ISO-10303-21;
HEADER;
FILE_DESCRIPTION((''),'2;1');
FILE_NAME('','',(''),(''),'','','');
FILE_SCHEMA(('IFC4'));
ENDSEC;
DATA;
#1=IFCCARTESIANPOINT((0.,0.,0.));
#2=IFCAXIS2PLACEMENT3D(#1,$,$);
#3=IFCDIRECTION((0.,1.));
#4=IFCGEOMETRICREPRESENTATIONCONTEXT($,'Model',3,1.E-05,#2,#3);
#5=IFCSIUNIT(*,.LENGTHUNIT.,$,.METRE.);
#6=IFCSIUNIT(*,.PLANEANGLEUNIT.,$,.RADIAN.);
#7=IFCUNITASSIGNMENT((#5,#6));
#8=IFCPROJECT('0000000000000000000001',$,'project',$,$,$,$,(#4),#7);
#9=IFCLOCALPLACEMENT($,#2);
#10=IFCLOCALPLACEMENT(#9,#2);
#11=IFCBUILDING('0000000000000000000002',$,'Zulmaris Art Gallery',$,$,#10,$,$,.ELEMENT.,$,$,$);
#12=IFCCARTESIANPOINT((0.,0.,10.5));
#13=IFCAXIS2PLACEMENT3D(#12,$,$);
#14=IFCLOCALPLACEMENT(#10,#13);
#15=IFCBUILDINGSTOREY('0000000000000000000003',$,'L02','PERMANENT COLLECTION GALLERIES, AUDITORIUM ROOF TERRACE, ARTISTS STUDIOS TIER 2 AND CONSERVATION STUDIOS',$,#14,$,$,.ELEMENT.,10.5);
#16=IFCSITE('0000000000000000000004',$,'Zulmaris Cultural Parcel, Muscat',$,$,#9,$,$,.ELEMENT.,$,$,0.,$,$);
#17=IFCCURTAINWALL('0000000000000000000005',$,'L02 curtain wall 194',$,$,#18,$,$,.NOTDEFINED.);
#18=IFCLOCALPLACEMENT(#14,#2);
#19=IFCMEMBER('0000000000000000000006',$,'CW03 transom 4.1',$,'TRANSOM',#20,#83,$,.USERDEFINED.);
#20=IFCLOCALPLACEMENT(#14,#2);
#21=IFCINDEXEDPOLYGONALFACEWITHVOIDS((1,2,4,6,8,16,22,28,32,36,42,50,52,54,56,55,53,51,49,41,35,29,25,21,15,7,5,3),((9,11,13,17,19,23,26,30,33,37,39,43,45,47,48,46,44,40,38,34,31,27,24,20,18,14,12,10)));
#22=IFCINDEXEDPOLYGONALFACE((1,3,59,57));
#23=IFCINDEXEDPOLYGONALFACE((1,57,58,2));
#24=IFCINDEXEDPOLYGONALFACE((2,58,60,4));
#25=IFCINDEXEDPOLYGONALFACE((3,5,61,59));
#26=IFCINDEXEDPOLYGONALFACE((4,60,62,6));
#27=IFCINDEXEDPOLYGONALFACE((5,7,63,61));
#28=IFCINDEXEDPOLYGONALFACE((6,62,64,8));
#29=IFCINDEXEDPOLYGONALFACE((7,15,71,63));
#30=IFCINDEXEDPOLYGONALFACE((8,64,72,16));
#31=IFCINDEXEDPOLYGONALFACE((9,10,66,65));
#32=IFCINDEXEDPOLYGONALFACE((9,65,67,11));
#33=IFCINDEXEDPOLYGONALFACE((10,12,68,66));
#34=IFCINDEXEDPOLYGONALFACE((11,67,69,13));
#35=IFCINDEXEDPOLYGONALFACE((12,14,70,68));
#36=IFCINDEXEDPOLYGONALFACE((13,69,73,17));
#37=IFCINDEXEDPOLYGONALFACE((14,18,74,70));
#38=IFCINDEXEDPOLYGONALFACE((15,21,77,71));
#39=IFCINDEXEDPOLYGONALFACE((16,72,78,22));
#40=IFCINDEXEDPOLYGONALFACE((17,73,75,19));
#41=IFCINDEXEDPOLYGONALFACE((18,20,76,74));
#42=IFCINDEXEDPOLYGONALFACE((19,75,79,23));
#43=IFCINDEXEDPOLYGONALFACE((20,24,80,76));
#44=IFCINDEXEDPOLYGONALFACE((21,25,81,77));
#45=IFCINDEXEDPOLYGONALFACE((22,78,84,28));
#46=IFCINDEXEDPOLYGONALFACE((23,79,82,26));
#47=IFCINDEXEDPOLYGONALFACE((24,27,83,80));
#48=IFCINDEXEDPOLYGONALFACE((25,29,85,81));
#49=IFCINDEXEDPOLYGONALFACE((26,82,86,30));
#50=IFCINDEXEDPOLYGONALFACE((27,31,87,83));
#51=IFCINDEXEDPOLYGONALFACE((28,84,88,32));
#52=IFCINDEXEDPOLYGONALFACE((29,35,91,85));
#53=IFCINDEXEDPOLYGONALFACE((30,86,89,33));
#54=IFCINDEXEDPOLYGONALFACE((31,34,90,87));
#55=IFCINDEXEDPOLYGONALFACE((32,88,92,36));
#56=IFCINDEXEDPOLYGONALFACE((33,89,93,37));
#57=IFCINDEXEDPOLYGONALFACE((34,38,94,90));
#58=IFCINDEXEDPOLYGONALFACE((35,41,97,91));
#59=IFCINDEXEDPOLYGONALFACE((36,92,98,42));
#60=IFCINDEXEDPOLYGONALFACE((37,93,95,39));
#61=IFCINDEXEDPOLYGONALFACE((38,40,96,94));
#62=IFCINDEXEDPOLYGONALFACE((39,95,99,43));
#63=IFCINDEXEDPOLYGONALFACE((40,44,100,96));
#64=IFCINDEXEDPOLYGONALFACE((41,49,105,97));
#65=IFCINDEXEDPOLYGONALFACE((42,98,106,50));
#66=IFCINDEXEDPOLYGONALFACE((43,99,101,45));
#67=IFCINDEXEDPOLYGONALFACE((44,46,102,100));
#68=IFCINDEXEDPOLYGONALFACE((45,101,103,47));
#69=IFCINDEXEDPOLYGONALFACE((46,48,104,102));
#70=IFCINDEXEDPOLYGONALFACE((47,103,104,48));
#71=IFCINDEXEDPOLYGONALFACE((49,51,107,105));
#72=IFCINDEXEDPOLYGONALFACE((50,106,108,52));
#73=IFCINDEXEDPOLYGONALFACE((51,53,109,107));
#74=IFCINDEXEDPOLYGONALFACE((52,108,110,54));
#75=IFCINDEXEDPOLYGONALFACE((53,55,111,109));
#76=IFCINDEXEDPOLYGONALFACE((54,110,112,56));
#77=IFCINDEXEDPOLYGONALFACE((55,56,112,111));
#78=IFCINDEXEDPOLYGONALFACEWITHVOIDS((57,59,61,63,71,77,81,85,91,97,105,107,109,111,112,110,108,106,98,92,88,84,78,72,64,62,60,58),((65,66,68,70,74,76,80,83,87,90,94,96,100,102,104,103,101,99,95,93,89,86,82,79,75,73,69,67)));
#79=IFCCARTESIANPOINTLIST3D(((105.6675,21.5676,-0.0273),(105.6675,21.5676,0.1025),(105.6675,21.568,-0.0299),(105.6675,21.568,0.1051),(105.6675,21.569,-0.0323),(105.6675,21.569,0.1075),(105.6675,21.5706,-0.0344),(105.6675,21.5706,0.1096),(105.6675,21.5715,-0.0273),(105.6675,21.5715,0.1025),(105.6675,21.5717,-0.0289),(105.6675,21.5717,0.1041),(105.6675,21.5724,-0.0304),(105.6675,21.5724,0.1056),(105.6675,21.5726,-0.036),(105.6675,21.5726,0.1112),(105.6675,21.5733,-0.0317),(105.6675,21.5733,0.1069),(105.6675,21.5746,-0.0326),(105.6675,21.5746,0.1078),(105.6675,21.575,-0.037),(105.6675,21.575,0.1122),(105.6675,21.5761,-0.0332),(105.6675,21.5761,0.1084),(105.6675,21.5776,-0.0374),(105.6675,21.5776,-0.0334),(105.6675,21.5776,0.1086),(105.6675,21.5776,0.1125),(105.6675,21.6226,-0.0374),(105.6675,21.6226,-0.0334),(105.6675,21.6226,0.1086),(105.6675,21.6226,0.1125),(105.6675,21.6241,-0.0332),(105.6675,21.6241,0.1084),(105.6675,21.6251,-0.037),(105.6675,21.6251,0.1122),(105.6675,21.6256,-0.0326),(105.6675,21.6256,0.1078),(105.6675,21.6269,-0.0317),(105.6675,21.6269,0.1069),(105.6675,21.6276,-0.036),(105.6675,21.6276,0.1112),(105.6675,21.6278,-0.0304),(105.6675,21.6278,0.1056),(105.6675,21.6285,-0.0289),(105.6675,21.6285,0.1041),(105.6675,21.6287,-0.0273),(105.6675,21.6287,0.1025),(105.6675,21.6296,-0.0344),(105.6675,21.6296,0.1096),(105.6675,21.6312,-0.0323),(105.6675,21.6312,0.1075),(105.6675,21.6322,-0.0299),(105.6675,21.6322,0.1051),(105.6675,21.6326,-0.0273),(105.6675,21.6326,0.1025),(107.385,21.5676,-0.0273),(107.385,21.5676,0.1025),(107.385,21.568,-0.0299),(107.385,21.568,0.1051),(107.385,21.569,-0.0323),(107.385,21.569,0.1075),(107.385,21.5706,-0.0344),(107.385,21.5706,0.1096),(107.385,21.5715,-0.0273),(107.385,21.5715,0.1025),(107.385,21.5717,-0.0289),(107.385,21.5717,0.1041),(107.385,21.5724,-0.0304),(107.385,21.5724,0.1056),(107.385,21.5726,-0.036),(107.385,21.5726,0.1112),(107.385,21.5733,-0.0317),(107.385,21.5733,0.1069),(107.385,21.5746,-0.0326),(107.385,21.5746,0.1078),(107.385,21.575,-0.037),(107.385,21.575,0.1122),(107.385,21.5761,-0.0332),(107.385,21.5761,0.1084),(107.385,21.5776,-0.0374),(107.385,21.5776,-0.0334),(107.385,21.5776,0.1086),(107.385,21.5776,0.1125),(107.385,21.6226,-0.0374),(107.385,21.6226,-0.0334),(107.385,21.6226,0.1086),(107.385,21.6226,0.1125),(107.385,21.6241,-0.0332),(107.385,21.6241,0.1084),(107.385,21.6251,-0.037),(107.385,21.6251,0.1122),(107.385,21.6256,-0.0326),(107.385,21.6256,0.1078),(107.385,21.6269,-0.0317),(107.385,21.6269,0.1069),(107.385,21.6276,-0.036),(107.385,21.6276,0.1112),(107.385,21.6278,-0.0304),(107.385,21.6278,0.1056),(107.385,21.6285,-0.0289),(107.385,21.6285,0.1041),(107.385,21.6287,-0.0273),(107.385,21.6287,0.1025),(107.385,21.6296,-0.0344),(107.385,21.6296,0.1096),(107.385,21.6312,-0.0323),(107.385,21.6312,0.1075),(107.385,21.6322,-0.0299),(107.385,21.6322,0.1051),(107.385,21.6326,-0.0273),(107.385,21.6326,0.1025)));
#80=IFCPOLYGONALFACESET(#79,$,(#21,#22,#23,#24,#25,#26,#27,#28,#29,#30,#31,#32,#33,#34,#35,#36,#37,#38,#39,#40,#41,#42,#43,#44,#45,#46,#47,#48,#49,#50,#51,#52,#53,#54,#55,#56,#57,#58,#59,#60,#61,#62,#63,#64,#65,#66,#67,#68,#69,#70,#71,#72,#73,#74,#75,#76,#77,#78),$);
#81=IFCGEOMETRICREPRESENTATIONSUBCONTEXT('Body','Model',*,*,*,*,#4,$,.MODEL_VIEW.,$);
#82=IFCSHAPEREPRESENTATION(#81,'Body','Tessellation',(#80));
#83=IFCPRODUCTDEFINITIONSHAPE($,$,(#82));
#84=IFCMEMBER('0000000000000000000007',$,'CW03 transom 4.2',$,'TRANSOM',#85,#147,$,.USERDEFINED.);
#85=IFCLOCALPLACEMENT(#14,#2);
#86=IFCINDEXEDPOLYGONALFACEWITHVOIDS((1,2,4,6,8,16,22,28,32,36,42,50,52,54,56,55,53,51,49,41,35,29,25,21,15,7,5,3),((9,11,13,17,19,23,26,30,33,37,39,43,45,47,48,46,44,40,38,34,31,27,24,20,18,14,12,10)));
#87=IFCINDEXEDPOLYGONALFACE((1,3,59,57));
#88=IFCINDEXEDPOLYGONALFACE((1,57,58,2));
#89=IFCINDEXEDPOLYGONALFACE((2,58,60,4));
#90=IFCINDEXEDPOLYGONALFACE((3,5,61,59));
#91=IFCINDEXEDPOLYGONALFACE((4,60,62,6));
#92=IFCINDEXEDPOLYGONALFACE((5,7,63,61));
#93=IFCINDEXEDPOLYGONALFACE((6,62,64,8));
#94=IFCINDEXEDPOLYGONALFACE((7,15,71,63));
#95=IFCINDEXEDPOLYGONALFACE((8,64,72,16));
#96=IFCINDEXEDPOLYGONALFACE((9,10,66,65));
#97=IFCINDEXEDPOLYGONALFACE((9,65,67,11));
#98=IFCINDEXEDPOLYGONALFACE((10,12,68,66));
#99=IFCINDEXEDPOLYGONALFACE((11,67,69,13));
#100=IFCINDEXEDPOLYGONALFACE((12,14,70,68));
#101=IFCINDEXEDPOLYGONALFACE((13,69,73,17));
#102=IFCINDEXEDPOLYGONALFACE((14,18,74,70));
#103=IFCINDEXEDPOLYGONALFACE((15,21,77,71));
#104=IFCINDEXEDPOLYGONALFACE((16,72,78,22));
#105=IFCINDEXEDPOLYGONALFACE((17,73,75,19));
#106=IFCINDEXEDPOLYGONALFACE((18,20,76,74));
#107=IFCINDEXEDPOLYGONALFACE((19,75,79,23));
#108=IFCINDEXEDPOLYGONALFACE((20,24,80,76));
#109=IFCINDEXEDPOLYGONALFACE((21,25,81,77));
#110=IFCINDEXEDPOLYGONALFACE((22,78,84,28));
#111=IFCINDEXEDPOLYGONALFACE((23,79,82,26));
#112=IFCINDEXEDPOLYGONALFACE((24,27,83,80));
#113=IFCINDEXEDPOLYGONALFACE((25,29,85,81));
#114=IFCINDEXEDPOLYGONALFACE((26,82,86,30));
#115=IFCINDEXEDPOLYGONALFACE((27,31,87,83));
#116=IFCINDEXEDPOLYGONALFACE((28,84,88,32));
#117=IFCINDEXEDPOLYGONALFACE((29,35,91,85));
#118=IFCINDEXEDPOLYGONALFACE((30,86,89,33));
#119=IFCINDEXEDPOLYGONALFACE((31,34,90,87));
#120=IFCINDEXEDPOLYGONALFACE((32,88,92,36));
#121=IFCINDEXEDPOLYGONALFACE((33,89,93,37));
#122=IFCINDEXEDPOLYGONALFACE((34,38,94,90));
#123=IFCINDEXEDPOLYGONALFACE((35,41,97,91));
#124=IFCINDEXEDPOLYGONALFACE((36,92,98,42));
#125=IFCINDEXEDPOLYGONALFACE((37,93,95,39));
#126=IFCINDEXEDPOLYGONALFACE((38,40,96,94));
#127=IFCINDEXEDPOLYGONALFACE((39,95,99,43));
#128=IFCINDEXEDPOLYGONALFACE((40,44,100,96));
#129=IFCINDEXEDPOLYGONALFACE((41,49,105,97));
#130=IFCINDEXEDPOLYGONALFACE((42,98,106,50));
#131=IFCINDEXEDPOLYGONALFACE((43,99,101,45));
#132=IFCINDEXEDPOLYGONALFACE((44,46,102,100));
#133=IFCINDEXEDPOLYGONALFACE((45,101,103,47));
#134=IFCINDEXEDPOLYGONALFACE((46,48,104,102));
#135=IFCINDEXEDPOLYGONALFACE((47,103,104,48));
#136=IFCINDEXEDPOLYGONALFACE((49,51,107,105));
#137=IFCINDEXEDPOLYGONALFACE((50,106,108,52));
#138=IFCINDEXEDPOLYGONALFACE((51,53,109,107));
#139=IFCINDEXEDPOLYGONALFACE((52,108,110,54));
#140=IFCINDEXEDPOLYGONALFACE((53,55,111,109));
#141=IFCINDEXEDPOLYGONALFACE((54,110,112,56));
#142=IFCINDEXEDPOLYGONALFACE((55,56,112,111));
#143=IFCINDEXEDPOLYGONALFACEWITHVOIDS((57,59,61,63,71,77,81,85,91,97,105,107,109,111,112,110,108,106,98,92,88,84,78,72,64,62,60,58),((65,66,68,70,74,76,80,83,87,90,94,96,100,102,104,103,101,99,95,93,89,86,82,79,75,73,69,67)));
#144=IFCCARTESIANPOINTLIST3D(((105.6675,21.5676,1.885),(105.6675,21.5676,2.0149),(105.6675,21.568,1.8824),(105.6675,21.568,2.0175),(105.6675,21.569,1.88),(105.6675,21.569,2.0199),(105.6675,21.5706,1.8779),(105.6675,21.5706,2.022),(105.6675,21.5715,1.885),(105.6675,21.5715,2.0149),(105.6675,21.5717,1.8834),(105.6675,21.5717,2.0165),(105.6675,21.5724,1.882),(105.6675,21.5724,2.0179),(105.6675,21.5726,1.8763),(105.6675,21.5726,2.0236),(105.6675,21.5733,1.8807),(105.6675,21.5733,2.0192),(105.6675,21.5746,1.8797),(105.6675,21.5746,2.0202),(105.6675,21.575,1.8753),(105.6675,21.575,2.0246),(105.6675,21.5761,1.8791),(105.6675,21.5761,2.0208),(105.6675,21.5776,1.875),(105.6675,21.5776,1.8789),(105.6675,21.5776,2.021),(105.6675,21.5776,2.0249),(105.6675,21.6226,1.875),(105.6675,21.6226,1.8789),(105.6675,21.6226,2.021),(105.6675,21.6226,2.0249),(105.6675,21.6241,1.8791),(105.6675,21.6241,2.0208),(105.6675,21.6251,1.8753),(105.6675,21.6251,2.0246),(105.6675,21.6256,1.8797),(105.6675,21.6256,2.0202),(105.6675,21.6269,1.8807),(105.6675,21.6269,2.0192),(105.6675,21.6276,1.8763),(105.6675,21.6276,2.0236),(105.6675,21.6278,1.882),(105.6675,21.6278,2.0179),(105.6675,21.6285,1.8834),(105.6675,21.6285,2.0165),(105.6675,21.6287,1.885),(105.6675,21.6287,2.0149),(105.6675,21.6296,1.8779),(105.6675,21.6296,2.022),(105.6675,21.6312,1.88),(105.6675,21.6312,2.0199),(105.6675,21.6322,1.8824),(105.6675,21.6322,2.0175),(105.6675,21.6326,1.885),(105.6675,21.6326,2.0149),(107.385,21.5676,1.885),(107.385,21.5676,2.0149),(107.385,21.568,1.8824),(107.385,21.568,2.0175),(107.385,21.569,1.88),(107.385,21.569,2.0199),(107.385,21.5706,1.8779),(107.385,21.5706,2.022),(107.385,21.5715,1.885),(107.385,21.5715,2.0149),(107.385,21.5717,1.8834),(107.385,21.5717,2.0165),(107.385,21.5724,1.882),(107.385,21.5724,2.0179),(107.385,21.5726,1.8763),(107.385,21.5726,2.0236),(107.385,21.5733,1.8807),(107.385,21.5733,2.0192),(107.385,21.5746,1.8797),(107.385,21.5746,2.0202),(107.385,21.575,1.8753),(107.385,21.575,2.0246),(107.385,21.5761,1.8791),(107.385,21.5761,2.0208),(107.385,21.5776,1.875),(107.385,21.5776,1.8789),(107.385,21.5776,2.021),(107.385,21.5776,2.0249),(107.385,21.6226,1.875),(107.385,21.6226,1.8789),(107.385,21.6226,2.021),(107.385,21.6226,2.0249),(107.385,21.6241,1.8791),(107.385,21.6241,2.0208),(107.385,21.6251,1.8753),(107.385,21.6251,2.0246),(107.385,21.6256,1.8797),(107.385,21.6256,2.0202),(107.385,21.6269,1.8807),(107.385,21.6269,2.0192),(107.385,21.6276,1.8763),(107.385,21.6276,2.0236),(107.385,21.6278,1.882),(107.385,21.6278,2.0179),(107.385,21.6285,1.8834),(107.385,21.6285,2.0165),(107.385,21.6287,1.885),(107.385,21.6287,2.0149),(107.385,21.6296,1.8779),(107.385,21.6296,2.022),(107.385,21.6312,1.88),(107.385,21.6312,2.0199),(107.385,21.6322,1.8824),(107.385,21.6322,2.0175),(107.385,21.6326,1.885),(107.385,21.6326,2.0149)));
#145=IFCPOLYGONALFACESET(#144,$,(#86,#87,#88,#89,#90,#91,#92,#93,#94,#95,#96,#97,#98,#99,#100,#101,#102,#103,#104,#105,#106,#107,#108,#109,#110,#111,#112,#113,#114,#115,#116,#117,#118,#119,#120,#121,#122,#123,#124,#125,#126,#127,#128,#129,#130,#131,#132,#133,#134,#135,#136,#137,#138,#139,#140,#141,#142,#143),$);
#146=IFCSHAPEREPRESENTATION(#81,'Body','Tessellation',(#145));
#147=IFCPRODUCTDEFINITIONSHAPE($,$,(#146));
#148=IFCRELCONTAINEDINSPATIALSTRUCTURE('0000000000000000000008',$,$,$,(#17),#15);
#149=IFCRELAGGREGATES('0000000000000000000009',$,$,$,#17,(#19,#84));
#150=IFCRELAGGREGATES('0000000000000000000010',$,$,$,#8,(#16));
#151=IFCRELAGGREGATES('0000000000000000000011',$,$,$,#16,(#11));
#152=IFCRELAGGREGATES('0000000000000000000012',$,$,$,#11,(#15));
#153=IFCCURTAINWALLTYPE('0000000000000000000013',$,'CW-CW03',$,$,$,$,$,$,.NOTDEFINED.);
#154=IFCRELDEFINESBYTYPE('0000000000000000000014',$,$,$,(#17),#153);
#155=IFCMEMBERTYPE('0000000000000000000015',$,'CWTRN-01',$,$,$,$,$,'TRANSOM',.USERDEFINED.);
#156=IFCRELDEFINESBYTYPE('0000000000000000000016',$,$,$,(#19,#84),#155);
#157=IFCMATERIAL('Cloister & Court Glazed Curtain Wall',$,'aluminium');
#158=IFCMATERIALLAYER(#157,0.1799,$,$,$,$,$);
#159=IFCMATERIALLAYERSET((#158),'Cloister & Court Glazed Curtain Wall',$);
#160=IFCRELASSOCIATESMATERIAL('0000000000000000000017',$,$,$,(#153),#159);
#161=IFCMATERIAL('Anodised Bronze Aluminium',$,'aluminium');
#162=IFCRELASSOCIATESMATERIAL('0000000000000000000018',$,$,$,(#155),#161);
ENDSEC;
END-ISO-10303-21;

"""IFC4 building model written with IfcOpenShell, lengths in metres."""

from ifc_helpers import new_model, si_unit, direction, frame, origin, origin_2d, place, context, subcontext, project, spatial, hollow_rectangle, extrude, material, layer, layer_set, material_profile, profile_set, type_object, element, aggregate, save


model = new_model("IFC4")

# Units and contexts
model_context = context("Model", 3, precision=1e-05, world=origin(), true_north=direction((0.0, 1.0)))
body_context = subcontext(model_context, "Body", "Model", "MODEL_VIEW")
ifc_project = project(units=[si_unit("LENGTHUNIT", "METRE"), si_unit("PLANEANGLEUNIT", "RADIAN")], contexts=[model_context])

# Site, building, storey
site_placement = place(None, origin())
site = spatial("IfcSite", under=ifc_project, at=site_placement, Name="Zulmaris Cultural Parcel, Muscat", CompositionType="ELEMENT", RefElevation=0.0)
building_placement = place(site_placement, origin())
building = spatial("IfcBuilding", under=site, at=building_placement, Name="Zulmaris Art Gallery", CompositionType="ELEMENT")
storey_placement = place(building_placement, frame((0.0, 0.0, 10.5)))
storey = spatial("IfcBuildingStorey", under=building, at=storey_placement, Name="L02", Description="PERMANENT COLLECTION GALLERIES, AUDITORIUM ROOF TERRACE, ARTISTS STUDIOS TIER 2 AND CONSERVATION STUDIOS", CompositionType="ELEMENT", Elevation=10.5)

# Shared definitions
ifc_material_1 = material(Name="Cloister & Court Glazed Curtain Wall", Category="aluminium")
ifc_layer_1 = layer(ifc_material_1, 0.1799)
ifc_layer_set_1 = layer_set([ifc_layer_1], Name="Cloister & Court Glazed Curtain Wall")
curtain_wall_type = type_object("IfcCurtainWallType", Name="CW-CW03", PredefinedType="NOTDEFINED", material=ifc_layer_set_1)
ifc_material_2 = material(Name="Anodised Bronze Aluminium", Category="aluminium")

# Curtain wall, members
curtain_wall_1_placement = place(storey_placement, origin())
curtain_wall_1 = element("IfcCurtainWall", 1, at=curtain_wall_1_placement, inside=storey, type_object=curtain_wall_type, Name="L02 curtain wall 194", PredefinedType="NOTDEFINED")
ifc_material_profile_1 = material_profile(ifc_material_2, hollow_rectangle(XDim=0.0649, YDim=0.1499, WallThickness=0.0039, InnerFilletRadius=0.0061, OuterFilletRadius=0.01, at=origin_2d()), Name="ALU 65x150x4")
ifc_profile_set_1 = profile_set([ifc_material_profile_1], Name="Anodised Bronze Aluminium")
member_type_1 = type_object("IfcMemberType", Name="CWTRN-01", ElementType="TRANSOM", PredefinedType="USERDEFINED", material=ifc_profile_set_1)
member_1_placement = place(storey_placement, frame((105.6675, 21.6001, 0.0376), z_axis=(1.0, 0.0, 0.0), x_axis=(0.0, 1.0, 0.0)))
member_1 = element("IfcMember", 2, at=member_1_placement, type_object=member_type_1, Name="CW03 transom 4.1", ObjectType="TRANSOM", PredefinedType="USERDEFINED", context=body_context, shape_type="SweptSolid", body=[
    extrude(hollow_rectangle(XDim=0.0649, YDim=0.1499, WallThickness=0.0039, InnerFilletRadius=0.0061, OuterFilletRadius=0.01, at=origin_2d()), origin(), (0.0, 0.0, 1.0), 1.7175),
])
member_2_placement = place(storey_placement, frame((105.6675, 21.6001, 1.95), z_axis=(1.0, 0.0, 0.0), x_axis=(0.0, 1.0, 0.0)))
member_2 = element("IfcMember", 3, at=member_2_placement, type_object=member_type_1, Name="CW03 transom 4.2", ObjectType="TRANSOM", PredefinedType="USERDEFINED", context=body_context, shape_type="SweptSolid", body=[
    extrude(hollow_rectangle(XDim=0.0649, YDim=0.1499, WallThickness=0.0039, InnerFilletRadius=0.0061, OuterFilletRadius=0.01, at=origin_2d()), origin(), (0.0, 0.0, 1.0), 1.7175),
])
aggregate(curtain_wall_1, [member_1, member_2])

save(model, "model.ifc")
